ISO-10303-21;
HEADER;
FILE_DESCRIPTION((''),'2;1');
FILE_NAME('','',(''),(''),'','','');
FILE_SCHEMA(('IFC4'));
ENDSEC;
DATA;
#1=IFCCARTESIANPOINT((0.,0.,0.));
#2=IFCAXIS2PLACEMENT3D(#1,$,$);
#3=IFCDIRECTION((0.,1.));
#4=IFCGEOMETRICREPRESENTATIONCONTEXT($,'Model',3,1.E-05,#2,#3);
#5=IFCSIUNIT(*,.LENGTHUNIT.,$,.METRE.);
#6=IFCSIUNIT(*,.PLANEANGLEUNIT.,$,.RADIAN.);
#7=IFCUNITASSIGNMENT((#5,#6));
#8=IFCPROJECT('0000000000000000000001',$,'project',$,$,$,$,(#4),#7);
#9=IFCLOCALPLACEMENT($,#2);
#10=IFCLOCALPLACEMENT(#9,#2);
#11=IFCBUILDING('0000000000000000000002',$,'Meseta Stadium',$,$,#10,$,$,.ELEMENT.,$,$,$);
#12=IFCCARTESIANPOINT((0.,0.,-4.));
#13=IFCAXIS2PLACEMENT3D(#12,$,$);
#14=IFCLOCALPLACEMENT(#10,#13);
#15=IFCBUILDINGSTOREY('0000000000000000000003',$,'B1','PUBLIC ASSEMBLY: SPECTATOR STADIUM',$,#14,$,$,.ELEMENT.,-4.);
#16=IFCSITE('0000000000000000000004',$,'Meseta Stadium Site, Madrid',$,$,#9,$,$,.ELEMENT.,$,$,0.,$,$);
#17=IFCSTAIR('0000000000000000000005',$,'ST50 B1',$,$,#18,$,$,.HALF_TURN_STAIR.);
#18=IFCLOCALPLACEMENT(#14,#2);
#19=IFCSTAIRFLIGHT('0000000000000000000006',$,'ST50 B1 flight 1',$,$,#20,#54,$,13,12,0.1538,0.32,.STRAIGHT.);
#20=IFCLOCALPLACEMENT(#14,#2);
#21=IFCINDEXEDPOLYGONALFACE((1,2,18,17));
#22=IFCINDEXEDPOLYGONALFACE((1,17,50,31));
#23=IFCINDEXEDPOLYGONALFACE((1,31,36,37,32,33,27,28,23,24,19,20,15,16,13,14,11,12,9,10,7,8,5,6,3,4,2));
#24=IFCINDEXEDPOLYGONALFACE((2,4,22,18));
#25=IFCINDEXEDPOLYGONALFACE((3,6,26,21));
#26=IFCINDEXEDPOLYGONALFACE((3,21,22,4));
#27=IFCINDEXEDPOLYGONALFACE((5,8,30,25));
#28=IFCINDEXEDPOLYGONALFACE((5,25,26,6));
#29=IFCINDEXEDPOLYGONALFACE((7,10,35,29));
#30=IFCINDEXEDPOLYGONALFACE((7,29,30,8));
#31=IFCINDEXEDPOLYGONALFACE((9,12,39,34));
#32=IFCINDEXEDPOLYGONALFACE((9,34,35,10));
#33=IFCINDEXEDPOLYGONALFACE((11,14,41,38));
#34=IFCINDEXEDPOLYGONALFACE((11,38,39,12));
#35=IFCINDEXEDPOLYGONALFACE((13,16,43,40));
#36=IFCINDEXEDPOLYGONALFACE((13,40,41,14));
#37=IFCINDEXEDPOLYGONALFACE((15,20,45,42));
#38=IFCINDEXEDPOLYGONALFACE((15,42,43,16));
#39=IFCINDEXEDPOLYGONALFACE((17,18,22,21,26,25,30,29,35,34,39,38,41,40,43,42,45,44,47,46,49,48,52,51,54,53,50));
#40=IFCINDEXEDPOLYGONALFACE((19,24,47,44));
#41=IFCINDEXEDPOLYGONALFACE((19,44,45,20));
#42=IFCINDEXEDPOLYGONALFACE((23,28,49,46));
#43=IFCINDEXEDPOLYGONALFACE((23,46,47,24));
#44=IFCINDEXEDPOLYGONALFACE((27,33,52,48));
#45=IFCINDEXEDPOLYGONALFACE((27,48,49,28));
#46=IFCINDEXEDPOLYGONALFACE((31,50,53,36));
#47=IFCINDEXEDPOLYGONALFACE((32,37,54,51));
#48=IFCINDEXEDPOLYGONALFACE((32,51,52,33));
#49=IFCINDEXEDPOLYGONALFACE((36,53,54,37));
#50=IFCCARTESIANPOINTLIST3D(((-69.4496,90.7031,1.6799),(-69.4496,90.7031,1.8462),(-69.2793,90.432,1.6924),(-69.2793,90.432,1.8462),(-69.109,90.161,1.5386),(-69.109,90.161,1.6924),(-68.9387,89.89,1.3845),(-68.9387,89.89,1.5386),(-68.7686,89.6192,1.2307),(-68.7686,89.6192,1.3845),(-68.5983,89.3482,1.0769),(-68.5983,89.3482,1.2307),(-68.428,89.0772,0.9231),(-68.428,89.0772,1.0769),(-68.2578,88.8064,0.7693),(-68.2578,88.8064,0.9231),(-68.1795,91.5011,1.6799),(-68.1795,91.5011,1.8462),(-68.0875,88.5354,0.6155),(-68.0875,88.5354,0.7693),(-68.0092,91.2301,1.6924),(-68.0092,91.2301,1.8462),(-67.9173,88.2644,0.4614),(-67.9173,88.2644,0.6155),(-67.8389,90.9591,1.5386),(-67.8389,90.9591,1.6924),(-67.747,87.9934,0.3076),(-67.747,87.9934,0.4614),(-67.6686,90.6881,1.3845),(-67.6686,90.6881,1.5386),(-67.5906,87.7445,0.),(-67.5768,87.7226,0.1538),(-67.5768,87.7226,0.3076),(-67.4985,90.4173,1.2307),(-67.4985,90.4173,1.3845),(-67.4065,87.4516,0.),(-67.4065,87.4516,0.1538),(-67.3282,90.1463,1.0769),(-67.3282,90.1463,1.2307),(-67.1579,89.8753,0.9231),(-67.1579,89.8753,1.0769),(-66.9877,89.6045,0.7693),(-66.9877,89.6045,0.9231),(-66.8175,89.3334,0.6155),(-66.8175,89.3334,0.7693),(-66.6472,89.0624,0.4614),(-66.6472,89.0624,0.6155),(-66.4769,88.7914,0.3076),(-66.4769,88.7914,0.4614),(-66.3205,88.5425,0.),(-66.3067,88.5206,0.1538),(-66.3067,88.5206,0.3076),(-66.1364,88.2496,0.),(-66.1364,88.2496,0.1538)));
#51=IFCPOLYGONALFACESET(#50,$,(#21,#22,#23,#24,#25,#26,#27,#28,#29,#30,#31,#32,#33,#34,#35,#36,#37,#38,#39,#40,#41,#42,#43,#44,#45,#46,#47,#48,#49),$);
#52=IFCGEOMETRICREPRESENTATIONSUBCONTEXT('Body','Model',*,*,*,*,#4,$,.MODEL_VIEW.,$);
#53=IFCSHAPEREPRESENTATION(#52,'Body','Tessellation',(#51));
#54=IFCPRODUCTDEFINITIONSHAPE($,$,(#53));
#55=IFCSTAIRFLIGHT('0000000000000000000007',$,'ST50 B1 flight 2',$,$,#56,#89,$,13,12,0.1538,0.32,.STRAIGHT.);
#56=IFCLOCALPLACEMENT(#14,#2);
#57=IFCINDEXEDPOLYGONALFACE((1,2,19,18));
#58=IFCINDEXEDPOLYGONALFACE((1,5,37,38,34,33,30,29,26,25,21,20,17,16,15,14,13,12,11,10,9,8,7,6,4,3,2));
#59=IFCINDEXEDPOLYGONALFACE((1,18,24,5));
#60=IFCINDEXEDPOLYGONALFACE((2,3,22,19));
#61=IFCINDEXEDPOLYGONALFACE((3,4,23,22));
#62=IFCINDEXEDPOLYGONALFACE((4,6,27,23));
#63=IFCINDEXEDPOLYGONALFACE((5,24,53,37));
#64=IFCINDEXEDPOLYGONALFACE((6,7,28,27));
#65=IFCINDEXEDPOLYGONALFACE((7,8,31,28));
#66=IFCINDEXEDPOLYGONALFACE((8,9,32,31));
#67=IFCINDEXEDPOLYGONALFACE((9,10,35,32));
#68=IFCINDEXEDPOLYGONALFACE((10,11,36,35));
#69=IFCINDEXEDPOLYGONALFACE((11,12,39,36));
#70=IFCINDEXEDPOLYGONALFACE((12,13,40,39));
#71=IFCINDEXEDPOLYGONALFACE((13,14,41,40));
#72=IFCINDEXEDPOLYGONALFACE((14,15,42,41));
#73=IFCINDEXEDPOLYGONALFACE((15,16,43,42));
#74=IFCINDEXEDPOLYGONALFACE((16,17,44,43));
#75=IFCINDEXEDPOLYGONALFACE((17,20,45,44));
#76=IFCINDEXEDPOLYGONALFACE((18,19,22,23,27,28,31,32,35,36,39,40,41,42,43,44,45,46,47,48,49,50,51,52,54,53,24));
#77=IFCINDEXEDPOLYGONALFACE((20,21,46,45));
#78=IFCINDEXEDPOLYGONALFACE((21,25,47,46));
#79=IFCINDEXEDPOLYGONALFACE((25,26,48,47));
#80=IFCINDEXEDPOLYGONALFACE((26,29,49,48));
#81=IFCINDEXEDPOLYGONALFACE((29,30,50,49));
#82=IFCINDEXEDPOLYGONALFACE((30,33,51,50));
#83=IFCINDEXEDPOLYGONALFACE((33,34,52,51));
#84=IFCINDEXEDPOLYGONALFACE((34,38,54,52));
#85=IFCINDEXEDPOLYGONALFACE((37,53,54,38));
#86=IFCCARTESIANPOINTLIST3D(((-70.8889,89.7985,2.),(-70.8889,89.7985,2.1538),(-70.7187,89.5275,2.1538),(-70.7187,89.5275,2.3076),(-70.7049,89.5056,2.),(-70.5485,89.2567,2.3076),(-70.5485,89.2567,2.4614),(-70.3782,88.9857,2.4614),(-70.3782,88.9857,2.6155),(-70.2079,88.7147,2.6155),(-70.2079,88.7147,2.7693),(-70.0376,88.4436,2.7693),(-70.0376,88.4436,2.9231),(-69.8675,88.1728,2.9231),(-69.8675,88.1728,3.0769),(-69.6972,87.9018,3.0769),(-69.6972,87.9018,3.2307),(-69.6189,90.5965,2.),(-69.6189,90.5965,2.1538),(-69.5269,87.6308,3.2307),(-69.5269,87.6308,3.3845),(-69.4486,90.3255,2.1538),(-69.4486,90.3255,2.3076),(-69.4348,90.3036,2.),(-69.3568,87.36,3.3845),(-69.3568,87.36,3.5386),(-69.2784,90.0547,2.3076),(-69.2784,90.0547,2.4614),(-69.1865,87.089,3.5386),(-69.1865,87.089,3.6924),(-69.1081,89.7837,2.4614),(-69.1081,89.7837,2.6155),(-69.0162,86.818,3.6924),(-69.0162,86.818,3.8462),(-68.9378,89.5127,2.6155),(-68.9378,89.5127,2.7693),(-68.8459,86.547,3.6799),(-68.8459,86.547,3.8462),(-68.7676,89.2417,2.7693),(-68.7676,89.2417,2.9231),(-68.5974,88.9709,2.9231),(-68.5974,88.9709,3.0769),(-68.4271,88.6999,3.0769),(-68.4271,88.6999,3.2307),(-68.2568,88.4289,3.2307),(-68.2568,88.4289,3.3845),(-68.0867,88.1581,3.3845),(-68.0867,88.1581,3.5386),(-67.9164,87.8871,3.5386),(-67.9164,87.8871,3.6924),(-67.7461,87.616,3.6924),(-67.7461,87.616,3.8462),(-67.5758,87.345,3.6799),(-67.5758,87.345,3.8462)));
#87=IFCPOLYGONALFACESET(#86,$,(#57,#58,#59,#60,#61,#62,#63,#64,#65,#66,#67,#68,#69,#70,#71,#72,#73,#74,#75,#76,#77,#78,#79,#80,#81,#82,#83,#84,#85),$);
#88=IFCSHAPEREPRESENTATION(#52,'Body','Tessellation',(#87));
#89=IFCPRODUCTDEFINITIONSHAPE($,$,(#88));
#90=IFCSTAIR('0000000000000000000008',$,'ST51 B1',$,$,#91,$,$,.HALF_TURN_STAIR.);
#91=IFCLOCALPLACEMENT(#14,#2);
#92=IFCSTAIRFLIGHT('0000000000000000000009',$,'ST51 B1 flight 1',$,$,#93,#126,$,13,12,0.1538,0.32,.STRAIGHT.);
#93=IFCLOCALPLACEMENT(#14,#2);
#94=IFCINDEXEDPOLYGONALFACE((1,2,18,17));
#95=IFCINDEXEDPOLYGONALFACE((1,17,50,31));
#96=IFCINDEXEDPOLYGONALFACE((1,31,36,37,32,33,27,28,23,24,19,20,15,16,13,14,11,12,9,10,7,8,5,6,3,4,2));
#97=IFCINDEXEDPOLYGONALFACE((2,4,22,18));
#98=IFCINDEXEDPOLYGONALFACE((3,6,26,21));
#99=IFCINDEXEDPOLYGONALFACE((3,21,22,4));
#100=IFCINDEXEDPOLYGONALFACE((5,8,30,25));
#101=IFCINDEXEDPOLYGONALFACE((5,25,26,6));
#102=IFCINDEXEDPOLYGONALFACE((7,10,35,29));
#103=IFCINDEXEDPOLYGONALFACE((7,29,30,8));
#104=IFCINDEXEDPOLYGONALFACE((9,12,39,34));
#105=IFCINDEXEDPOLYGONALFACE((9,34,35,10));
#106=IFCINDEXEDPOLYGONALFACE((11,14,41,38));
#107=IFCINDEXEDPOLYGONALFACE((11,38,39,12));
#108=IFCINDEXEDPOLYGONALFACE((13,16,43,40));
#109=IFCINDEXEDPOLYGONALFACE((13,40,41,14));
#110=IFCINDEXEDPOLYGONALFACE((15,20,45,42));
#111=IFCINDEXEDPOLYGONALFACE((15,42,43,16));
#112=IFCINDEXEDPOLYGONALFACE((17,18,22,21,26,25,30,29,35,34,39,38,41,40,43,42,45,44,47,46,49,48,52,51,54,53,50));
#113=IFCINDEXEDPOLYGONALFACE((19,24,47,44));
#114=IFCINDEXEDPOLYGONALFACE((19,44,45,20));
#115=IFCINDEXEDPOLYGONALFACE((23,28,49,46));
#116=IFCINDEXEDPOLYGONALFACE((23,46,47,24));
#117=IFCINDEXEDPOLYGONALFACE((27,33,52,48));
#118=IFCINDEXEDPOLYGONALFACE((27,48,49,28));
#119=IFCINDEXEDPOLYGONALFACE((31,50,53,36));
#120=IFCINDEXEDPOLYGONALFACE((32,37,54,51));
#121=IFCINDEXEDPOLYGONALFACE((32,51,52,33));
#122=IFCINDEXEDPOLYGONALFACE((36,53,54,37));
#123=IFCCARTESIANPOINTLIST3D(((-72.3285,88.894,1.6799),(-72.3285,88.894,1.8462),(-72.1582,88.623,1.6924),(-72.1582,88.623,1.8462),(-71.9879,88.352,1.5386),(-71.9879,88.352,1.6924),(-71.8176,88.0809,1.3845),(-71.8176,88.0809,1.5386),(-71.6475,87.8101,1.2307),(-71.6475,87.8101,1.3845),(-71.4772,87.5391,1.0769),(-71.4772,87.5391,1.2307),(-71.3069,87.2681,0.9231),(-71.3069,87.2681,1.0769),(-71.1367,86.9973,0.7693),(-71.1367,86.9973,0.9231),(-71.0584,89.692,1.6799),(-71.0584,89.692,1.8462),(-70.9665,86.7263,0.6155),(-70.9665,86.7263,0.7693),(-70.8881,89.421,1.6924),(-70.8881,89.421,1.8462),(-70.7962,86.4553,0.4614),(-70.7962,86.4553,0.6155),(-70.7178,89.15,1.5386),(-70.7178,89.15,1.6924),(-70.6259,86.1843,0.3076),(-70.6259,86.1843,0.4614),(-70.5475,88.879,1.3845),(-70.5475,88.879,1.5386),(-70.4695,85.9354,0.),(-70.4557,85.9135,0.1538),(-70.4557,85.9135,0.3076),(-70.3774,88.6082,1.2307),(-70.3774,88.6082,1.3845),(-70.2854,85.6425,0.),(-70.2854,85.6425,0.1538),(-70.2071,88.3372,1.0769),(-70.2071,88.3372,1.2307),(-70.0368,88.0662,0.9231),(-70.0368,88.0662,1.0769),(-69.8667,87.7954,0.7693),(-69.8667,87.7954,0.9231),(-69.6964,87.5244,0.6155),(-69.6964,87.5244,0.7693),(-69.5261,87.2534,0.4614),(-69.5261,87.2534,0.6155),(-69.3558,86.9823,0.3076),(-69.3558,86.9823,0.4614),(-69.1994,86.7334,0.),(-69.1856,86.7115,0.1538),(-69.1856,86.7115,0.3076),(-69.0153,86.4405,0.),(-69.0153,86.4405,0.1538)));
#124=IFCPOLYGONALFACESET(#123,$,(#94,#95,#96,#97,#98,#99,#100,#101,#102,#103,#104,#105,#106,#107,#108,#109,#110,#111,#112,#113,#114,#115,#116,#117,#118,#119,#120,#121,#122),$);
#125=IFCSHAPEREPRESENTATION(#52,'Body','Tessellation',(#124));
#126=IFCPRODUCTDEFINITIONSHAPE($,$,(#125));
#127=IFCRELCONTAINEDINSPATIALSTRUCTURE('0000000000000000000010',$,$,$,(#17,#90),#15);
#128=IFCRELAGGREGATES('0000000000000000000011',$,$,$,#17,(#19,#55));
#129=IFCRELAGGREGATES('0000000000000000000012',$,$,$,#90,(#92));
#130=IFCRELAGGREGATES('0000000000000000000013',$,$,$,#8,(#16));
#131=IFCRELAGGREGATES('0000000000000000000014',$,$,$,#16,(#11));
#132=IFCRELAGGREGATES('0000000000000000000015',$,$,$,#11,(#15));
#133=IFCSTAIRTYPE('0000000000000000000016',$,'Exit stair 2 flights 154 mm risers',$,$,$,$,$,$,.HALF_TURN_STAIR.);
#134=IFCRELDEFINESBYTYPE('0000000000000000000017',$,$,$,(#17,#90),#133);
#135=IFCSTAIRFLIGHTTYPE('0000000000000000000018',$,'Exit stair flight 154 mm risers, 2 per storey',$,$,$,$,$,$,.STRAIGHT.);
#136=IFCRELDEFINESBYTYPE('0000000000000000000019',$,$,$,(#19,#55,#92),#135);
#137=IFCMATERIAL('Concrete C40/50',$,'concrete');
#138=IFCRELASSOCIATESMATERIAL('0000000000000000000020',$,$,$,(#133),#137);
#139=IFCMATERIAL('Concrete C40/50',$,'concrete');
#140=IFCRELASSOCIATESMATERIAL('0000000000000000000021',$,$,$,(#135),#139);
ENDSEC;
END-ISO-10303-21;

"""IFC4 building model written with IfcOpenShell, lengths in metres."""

from ifc_helpers import new_model, si_unit, direction, frame, origin, place, context, subcontext, project, spatial, polyline, outline, extrude, material, type_object, element, aggregate, save


model = new_model("IFC4")

# Units and contexts
model_context = context("Model", 3, precision=1e-05, world=origin(), true_north=direction((0.0, 1.0)))
body_context = subcontext(model_context, "Body", "Model", "MODEL_VIEW")
ifc_project = project(units=[si_unit("LENGTHUNIT", "METRE"), si_unit("PLANEANGLEUNIT", "RADIAN")], contexts=[model_context])

# Site, building, storey
site_placement = place(None, origin())
site = spatial("IfcSite", under=ifc_project, at=site_placement, Name="Meseta Stadium Site, Madrid", CompositionType="ELEMENT", RefElevation=0.0)
building_placement = place(site_placement, origin())
building = spatial("IfcBuilding", under=site, at=building_placement, Name="Meseta Stadium", CompositionType="ELEMENT")
storey_placement = place(building_placement, frame((0.0, 0.0, -4.0)))
storey = spatial("IfcBuildingStorey", under=building, at=storey_placement, Name="B1", Description="PUBLIC ASSEMBLY: SPECTATOR STADIUM", CompositionType="ELEMENT", Elevation=-4.0)

# Shared definitions
ifc_material_1 = material(Name="Concrete C40/50", Category="concrete")
stair_type = type_object("IfcStairType", Name="Exit stair 2 flights 154 mm risers", PredefinedType="HALF_TURN_STAIR", material=ifc_material_1)
ifc_material_2 = material(Name="Concrete C40/50", Category="concrete")
stair_flight_type = type_object("IfcStairFlightType", Name="Exit stair flight 154 mm risers, 2 per storey", PredefinedType="STRAIGHT", material=ifc_material_2)

# Stair, stair flights
stair_1_placement = place(storey_placement, origin())
stair_1 = element("IfcStair", 1, at=stair_1_placement, inside=storey, type_object=stair_type, Name="ST50 B1", PredefinedType="HALF_TURN_STAIR")
stair_flight_1_placement = place(storey_placement, frame((-66.7715, 87.8506, 0.0), z_axis=(0.0, 0.0, 1.0), x_axis=(-0.532032, 0.846724, 0.0)))
stair_flight_1 = element("IfcStairFlight", 2, at=stair_flight_1_placement, type_object=stair_flight_type, Name="ST50 B1 flight 1", NumberOfRisers=13, NumberOfTreads=12, PredefinedType="STRAIGHT", RiserHeight=0.1538, TreadLength=0.32, context=body_context, shape_type="SweptSolid", body=[
    extrude(outline(polyline([(0.0, 0.0), (0.0, 0.1538), (0.3201, 0.1538), (0.3201, 0.3076), (0.6399, 0.3076), (0.6399, 0.4614), (0.96, 0.4614), (0.96, 0.6155), (1.28, 0.6155), (1.28, 0.7693), (1.6001, 0.7693), (1.6001, 0.9231), (1.9199, 0.9231), (1.9199, 1.0769), (2.24, 1.0769), (2.24, 1.2307), (2.5601, 1.2307), (2.5601, 1.3845), (2.8799, 1.3845), (2.8799, 1.5386), (3.2, 1.5386), (3.2, 1.6924), (3.52, 1.6924), (3.52, 1.8462), (3.8401, 1.8462), (3.8401, 1.6799), (0.3459, 0.0), (0.0, 0.0)])), frame((0.0, 0.75, 0.0), z_axis=(0.0, -1.0, 0.0), x_axis=(1.0, 0.0, 0.0)), (0.0, 0.0, 1.0), 1.5),
])
stair_flight_2_placement = place(storey_placement, frame((-70.2539, 90.1975, 2.0), z_axis=(0.0, 0.0, 1.0), x_axis=(0.532032, -0.846724, 0.0)))
stair_flight_2 = element("IfcStairFlight", 3, at=stair_flight_2_placement, type_object=stair_flight_type, Name="ST50 B1 flight 2", NumberOfRisers=13, NumberOfTreads=12, PredefinedType="STRAIGHT", RiserHeight=0.1538, TreadLength=0.32, context=body_context, shape_type="SweptSolid", body=[
    extrude(outline(polyline([(0.0, 0.0), (0.0, 0.1538), (0.3201, 0.1538), (0.3201, 0.3076), (0.6399, 0.3076), (0.6399, 0.4614), (0.96, 0.4614), (0.96, 0.6155), (1.28, 0.6155), (1.28, 0.7693), (1.6001, 0.7693), (1.6001, 0.9231), (1.9199, 0.9231), (1.9199, 1.0769), (2.24, 1.0769), (2.24, 1.2307), (2.5601, 1.2307), (2.5601, 1.3845), (2.8799, 1.3845), (2.8799, 1.5386), (3.2, 1.5386), (3.2, 1.6924), (3.52, 1.6924), (3.52, 1.8462), (3.8401, 1.8462), (3.8401, 1.6799), (0.3459, 0.0), (0.0, 0.0)])), frame((0.0, 0.75, 0.0), z_axis=(0.0, -1.0, 0.0), x_axis=(1.0, 0.0, 0.0)), (0.0, 0.0, 1.0), 1.5),
])
aggregate(stair_1, [stair_flight_1, stair_flight_2])

# Stair, stair flight
stair_2_placement = place(storey_placement, origin())
stair_2 = element("IfcStair", 4, at=stair_2_placement, inside=storey, type_object=stair_type, Name="ST51 B1", PredefinedType="HALF_TURN_STAIR")
stair_flight_3_placement = place(storey_placement, frame((-69.6504, 86.0415, 0.0), z_axis=(0.0, 0.0, 1.0), x_axis=(-0.532032, 0.846724, 0.0)))
stair_flight_3 = element("IfcStairFlight", 5, at=stair_flight_3_placement, type_object=stair_flight_type, Name="ST51 B1 flight 1", NumberOfRisers=13, NumberOfTreads=12, PredefinedType="STRAIGHT", RiserHeight=0.1538, TreadLength=0.32, context=body_context, shape_type="SweptSolid", body=[
    extrude(outline(polyline([(0.0, 0.0), (0.0, 0.1538), (0.3201, 0.1538), (0.3201, 0.3076), (0.6399, 0.3076), (0.6399, 0.4614), (0.96, 0.4614), (0.96, 0.6155), (1.28, 0.6155), (1.28, 0.7693), (1.6001, 0.7693), (1.6001, 0.9231), (1.9199, 0.9231), (1.9199, 1.0769), (2.24, 1.0769), (2.24, 1.2307), (2.5601, 1.2307), (2.5601, 1.3845), (2.8799, 1.3845), (2.8799, 1.5386), (3.2, 1.5386), (3.2, 1.6924), (3.52, 1.6924), (3.52, 1.8462), (3.8401, 1.8462), (3.8401, 1.6799), (0.3459, 0.0), (0.0, 0.0)])), frame((0.0, 0.75, 0.0), z_axis=(0.0, -1.0, 0.0), x_axis=(1.0, 0.0, 0.0)), (0.0, 0.0, 1.0), 1.5),
])
aggregate(stair_2, [stair_flight_3])

save(model, "model.ifc")
